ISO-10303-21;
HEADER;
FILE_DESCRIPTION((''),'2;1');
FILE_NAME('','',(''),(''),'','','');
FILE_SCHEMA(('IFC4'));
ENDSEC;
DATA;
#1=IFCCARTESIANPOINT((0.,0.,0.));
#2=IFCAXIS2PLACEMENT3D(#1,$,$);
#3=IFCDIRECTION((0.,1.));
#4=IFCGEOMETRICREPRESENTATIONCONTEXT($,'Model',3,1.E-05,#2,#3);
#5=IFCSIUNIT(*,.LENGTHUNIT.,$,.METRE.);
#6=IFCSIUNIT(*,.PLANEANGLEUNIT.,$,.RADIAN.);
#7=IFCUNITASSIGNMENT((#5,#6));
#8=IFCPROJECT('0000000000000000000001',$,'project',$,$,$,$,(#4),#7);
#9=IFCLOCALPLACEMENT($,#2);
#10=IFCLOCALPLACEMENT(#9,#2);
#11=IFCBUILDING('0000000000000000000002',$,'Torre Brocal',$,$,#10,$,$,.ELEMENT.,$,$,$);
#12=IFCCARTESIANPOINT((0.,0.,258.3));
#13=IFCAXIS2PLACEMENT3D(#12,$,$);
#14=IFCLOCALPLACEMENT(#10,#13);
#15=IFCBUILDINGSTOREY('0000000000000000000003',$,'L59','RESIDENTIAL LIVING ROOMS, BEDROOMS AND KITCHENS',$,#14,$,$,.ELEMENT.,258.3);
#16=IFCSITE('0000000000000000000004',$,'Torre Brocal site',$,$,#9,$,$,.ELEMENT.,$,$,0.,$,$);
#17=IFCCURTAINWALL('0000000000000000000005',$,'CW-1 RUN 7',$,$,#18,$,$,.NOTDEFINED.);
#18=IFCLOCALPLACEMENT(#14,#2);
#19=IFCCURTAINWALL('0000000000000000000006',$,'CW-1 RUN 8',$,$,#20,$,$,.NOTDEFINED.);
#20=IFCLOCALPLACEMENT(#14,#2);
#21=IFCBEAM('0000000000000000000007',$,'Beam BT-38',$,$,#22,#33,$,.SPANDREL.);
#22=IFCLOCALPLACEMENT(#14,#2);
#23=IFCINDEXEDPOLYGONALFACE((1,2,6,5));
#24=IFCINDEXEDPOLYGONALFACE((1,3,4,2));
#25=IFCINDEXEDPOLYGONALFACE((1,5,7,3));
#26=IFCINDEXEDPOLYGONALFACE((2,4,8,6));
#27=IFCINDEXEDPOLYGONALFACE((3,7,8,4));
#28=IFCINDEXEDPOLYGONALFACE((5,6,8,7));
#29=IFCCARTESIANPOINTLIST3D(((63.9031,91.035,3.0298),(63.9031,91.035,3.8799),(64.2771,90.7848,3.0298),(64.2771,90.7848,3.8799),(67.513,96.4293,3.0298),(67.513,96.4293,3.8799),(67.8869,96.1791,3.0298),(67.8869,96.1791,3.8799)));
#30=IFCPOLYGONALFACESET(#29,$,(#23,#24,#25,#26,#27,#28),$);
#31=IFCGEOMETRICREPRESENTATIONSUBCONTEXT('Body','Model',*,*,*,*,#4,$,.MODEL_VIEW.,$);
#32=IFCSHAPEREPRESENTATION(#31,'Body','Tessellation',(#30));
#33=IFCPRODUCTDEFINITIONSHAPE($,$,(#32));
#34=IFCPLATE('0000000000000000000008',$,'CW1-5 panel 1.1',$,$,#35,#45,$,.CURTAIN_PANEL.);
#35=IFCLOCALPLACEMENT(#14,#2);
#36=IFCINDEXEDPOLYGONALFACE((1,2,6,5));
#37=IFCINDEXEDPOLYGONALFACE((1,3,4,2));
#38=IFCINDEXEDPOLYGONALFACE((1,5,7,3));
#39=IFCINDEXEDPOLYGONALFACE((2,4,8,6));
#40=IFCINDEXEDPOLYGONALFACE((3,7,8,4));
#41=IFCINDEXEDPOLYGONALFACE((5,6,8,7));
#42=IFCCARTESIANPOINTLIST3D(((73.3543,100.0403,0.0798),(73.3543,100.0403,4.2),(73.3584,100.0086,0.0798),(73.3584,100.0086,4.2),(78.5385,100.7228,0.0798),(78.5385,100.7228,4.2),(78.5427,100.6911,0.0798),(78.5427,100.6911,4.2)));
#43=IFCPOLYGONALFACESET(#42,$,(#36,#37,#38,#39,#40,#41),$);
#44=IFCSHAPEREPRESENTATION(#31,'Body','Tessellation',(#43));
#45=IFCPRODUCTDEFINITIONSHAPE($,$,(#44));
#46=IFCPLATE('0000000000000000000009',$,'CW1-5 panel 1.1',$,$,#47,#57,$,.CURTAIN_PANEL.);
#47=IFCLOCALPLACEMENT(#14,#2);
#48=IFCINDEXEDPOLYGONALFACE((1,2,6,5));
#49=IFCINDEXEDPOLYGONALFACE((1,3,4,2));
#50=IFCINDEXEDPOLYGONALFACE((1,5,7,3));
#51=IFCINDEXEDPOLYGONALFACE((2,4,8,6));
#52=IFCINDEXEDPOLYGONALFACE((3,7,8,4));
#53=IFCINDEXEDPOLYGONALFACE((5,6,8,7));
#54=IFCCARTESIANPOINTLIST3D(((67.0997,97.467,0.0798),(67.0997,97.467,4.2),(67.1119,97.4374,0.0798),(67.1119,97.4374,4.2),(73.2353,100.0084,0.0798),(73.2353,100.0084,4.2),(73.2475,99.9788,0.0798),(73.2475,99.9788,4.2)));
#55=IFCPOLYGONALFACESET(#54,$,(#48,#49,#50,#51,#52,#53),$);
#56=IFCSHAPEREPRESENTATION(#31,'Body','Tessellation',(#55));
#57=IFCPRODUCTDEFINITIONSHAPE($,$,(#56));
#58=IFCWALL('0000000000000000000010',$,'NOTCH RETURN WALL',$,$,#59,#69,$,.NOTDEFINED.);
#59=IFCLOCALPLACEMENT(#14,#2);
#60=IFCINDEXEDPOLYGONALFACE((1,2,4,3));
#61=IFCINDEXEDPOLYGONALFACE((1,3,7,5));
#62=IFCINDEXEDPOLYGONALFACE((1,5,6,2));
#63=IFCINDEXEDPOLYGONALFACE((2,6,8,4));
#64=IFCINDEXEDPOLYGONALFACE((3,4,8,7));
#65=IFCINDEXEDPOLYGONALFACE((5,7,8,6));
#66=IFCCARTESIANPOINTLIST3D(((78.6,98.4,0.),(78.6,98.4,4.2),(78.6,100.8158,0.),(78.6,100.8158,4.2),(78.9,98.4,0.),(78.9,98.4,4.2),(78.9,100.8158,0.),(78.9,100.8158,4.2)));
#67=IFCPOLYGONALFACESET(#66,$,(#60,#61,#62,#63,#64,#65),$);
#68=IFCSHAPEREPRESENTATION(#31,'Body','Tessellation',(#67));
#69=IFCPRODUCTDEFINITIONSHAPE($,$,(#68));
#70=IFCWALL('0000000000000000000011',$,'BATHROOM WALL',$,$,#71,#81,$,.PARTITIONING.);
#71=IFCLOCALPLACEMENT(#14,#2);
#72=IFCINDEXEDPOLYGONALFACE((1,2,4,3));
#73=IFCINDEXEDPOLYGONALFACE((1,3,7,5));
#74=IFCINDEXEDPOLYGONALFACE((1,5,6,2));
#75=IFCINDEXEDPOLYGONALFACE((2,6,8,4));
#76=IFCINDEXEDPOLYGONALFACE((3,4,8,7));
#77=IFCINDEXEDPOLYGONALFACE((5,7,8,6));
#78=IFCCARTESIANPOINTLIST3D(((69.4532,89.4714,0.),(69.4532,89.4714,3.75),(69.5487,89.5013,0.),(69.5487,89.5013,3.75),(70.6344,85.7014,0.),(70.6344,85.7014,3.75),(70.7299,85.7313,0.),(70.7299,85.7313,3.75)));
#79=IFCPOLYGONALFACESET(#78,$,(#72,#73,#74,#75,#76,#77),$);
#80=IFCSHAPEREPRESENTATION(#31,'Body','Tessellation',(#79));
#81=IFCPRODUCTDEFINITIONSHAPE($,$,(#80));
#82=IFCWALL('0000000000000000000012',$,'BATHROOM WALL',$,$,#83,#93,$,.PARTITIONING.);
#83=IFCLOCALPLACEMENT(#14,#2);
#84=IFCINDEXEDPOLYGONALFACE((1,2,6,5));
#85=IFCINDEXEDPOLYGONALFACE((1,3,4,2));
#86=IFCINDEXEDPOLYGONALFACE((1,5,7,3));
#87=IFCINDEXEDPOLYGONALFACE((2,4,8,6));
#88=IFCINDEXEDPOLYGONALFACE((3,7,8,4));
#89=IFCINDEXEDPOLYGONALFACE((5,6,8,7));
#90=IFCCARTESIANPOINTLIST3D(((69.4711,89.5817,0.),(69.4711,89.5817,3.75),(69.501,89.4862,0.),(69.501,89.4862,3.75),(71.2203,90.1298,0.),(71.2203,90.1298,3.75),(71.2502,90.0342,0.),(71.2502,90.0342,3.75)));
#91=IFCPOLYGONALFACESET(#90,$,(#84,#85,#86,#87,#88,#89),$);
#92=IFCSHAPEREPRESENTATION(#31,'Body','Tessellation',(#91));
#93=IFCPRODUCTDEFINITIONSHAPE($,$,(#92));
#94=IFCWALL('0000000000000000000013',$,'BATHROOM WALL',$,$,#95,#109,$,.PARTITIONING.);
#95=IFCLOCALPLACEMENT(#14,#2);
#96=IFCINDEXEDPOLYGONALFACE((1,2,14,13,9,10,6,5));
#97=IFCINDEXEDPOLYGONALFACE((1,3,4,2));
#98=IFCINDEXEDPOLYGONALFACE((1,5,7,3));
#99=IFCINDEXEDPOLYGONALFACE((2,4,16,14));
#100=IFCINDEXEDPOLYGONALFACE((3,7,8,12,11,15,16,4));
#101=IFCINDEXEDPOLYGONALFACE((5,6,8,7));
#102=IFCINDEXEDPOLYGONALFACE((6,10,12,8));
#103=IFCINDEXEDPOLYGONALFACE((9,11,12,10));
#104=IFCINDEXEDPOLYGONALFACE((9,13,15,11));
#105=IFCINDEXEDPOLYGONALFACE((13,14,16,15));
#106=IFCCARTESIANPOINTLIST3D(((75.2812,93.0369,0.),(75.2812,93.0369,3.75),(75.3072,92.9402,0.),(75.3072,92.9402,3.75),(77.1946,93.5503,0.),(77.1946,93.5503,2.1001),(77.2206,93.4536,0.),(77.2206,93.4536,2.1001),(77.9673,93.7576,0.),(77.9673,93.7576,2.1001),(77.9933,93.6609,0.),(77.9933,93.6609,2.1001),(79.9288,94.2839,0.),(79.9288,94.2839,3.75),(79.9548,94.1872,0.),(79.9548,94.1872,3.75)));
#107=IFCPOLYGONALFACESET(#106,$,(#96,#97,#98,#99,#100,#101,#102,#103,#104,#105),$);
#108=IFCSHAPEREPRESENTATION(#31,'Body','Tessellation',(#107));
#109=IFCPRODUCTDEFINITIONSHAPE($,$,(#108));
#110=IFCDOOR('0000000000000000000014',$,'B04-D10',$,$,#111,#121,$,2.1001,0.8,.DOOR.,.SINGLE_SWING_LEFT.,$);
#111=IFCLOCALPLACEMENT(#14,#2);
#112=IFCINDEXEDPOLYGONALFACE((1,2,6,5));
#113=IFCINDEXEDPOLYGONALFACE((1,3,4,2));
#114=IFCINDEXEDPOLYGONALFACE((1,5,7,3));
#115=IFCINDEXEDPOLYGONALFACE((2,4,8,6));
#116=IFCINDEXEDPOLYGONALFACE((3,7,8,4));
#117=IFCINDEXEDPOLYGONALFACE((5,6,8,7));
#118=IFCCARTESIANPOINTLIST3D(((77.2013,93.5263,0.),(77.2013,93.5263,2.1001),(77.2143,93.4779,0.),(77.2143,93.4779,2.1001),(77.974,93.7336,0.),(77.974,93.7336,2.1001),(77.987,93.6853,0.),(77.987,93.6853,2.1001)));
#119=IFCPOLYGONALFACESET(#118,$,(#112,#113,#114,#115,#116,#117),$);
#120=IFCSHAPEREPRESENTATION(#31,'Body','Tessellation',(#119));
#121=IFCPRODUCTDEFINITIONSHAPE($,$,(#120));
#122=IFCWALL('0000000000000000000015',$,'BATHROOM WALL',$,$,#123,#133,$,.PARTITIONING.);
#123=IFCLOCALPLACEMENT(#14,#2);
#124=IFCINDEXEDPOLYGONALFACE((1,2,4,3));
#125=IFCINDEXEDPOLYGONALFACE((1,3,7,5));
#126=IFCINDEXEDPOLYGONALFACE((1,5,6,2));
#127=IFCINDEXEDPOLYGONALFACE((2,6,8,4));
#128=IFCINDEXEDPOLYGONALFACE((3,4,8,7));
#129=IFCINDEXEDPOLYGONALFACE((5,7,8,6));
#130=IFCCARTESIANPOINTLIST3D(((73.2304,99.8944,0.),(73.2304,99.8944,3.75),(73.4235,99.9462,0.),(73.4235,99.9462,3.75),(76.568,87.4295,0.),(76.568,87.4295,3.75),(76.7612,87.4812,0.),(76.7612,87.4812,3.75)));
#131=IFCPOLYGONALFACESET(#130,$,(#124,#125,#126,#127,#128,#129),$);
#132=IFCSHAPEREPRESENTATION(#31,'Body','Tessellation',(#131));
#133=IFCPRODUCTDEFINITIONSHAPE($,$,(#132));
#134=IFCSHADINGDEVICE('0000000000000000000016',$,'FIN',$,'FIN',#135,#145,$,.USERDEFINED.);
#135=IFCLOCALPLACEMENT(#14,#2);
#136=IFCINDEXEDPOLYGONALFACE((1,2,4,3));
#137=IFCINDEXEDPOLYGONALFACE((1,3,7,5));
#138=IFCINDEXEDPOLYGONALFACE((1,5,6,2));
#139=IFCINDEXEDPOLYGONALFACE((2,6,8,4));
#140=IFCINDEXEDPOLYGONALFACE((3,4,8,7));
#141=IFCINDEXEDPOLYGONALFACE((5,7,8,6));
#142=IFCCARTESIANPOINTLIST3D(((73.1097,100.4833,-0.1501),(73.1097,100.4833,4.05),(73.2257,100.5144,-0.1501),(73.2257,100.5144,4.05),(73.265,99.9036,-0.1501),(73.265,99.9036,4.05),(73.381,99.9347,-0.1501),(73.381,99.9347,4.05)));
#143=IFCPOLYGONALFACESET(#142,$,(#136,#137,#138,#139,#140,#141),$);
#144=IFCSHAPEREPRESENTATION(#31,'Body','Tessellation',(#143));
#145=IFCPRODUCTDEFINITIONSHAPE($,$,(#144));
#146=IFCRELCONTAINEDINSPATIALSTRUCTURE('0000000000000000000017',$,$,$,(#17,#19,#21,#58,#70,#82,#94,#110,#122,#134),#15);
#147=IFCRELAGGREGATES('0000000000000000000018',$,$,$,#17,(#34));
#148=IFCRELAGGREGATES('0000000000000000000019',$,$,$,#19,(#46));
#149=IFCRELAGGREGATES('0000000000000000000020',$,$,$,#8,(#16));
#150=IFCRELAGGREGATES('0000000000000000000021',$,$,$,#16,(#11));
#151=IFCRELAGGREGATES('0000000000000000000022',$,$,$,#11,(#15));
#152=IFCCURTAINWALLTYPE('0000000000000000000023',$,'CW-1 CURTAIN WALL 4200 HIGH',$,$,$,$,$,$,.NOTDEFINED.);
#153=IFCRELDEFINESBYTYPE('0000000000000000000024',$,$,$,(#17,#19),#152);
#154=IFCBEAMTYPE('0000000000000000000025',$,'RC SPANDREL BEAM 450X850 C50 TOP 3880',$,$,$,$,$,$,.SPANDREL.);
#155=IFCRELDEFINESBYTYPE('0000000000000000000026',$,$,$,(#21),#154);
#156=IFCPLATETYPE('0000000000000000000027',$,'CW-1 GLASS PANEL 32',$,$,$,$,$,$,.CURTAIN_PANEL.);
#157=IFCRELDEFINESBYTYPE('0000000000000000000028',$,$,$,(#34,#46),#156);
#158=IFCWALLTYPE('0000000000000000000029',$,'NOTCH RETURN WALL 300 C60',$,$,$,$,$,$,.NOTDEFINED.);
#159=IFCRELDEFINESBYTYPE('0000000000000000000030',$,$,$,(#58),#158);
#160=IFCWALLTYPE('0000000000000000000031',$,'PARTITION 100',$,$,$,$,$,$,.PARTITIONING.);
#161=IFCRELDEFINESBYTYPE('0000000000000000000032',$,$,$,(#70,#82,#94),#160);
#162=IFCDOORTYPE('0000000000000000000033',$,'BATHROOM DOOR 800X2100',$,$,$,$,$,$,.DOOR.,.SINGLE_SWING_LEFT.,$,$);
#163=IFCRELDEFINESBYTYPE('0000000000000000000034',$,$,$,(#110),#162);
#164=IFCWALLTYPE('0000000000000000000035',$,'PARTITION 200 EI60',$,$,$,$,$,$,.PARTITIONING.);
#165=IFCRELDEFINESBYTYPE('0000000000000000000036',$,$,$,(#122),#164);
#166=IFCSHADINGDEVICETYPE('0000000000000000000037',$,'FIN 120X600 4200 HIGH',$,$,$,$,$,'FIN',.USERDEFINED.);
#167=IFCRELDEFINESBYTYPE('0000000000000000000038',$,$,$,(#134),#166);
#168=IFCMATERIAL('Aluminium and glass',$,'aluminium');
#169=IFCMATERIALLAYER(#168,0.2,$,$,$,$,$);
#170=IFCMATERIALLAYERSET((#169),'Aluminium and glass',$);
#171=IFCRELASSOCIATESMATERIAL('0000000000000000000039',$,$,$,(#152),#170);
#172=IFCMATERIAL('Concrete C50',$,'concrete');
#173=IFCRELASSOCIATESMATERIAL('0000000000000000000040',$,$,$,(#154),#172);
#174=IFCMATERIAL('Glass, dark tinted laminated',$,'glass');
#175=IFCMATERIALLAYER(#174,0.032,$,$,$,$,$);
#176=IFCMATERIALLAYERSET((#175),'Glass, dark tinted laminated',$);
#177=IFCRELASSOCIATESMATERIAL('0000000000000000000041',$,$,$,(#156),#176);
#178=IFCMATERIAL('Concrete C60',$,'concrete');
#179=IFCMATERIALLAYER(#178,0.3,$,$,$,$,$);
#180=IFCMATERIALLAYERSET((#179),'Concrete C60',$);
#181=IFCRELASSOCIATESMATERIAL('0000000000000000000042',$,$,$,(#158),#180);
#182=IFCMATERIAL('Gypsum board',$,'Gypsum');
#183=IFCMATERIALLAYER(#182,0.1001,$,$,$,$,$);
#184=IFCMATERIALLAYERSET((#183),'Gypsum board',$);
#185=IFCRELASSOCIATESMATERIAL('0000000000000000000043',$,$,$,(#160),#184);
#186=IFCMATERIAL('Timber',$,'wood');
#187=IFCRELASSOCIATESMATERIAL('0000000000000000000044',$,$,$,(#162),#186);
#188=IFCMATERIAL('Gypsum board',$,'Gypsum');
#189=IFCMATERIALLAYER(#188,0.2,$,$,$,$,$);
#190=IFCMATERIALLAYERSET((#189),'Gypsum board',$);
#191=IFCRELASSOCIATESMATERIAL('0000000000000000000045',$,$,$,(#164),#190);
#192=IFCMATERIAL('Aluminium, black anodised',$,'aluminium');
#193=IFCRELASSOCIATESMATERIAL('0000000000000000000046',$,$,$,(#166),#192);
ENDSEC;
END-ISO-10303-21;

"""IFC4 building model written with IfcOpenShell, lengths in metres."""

from ifc_helpers import new_model, si_unit, direction, frame, frame_2d, origin, origin_2d, place, context, subcontext, project, spatial, rectangle, extrude, material, layer, layer_set, material_profile, profile_set, type_object, element, fill, aggregate, save


model = new_model("IFC4")

# Units and contexts
model_context = context("Model", 3, precision=1e-05, world=origin(), true_north=direction((0.0, 1.0)))
body_context = subcontext(model_context, "Body", "Model", "MODEL_VIEW")
ifc_project = project(units=[si_unit("LENGTHUNIT", "METRE"), si_unit("PLANEANGLEUNIT", "RADIAN")], contexts=[model_context])

# Site, building, storey
site_placement = place(None, origin())
site = spatial("IfcSite", under=ifc_project, at=site_placement, Name="Torre Brocal site", CompositionType="ELEMENT", RefElevation=0.0)
building_placement = place(site_placement, origin())
building = spatial("IfcBuilding", under=site, at=building_placement, Name="Torre Brocal", CompositionType="ELEMENT")
storey_placement = place(building_placement, frame((0.0, 0.0, 258.3)))
storey = spatial("IfcBuildingStorey", under=building, at=storey_placement, Name="L59", Description="RESIDENTIAL LIVING ROOMS, BEDROOMS AND KITCHENS", CompositionType="ELEMENT", Elevation=258.3)

# Curtain wall
ifc_material_1 = material(Name="Aluminium and glass", Category="aluminium")
ifc_layer_1 = layer(ifc_material_1, 0.2)
ifc_layer_set_1 = layer_set([ifc_layer_1], Name="Aluminium and glass")
curtain_wall_type = type_object("IfcCurtainWallType", Name="CW-1 CURTAIN WALL 4200 HIGH", PredefinedType="NOTDEFINED", material=ifc_layer_set_1)
curtain_wall_1_placement = place(storey_placement, origin())
curtain_wall_1 = element("IfcCurtainWall", 1, at=curtain_wall_1_placement, inside=storey, type_object=curtain_wall_type, Name="CW-1 RUN 7", PredefinedType="NOTDEFINED")

# Curtain wall
curtain_wall_2_placement = place(storey_placement, origin())
curtain_wall_2 = element("IfcCurtainWall", 2, at=curtain_wall_2_placement, inside=storey, type_object=curtain_wall_type, Name="CW-1 RUN 8", PredefinedType="NOTDEFINED")

# Beam
ifc_material_2 = material(Name="Concrete C50", Category="concrete")
ifc_material_profile_1 = material_profile(ifc_material_2, rectangle(XDim=0.45, YDim=0.8501, at=origin_2d()), Name="RC 450X850")
ifc_profile_set_1 = profile_set([ifc_material_profile_1], Name="Concrete C50")
beam_type_1 = type_object("IfcBeamType", Name="RC SPANDREL BEAM 450X850 C50 TOP 3880", PredefinedType="SPANDREL", material=ifc_profile_set_1)
beam_1_placement = place(storey_placement, frame((67.7, 96.3042, 3.4548), z_axis=(-0.556158, -0.831077, 0.0), x_axis=(0.831077, -0.556158, 0.0)))
element("IfcBeam", 3, at=beam_1_placement, inside=storey, type_object=beam_type_1, Name="Beam BT-38", PredefinedType="SPANDREL", context=body_context, shape_type="SweptSolid", body=[
    extrude(rectangle(XDim=0.45, YDim=0.8501, at=origin_2d()), origin(), (0.0, 0.0, 1.0), 6.4907),
])

# Plates
ifc_material_3 = material(Name="Glass, dark tinted laminated", Category="glass")
ifc_layer_2 = layer(ifc_material_3, 0.032)
ifc_layer_set_2 = layer_set([ifc_layer_2], Name="Glass, dark tinted laminated")
plate_type = type_object("IfcPlateType", Name="CW-1 GLASS PANEL 32", PredefinedType="CURTAIN_PANEL", material=ifc_layer_set_2)
plate_1_placement = place(storey_placement, frame((75.9485, 100.3657, 0.0798), z_axis=(0.0, 0.0, 1.0), x_axis=(-0.991445, -0.130526, 0.0)))
plate_1 = element("IfcPlate", 4, at=plate_1_placement, type_object=plate_type, Name="CW1-5 panel 1.1", PredefinedType="CURTAIN_PANEL", context=body_context, shape_type="SweptSolid", body=[
    extrude(rectangle(XDim=5.229, YDim=0.032, at=origin_2d()), origin(), (0.0, 0.0, 1.0), 4.1201),
])
aggregate(curtain_wall_1, [plate_1])
plate_2_placement = place(storey_placement, frame((70.1736, 98.7229, 0.0798), z_axis=(0.0, 0.0, 1.0), x_axis=(-0.92388, -0.382683, 0.0)))
plate_2 = element("IfcPlate", 5, at=plate_2_placement, type_object=plate_type, Name="CW1-5 panel 1.1", PredefinedType="CURTAIN_PANEL", context=body_context, shape_type="SweptSolid", body=[
    extrude(rectangle(XDim=6.6411, YDim=0.032, at=origin_2d()), origin(), (0.0, 0.0, 1.0), 4.1201),
])
aggregate(curtain_wall_2, [plate_2])

# Walls
ifc_material_4 = material(Name="Concrete C60", Category="concrete")
ifc_layer_3 = layer(ifc_material_4, 0.3)
ifc_layer_set_3 = layer_set([ifc_layer_3], Name="Concrete C60")
wall_type_1 = type_object("IfcWallType", Name="NOTCH RETURN WALL 300 C60", PredefinedType="NOTDEFINED", material=ifc_layer_set_3)
wall_1_placement = place(storey_placement, frame((78.75, 98.3999, 0.0), z_axis=(0.0, 0.0, 1.0), x_axis=(0.0, 1.0, 0.0)))
element("IfcWall", 6, at=wall_1_placement, inside=storey, type_object=wall_type_1, Name="NOTCH RETURN WALL", PredefinedType="NOTDEFINED", context=body_context, shape_type="SweptSolid", body=[
    extrude(rectangle(XDim=2.4158, YDim=0.3, at=frame_2d((1.208, 0.0))), origin(), (0.0, 0.0, 1.0), 4.2),
])
ifc_material_5 = material(Name="Gypsum board", Category="Gypsum")
ifc_layer_4 = layer(ifc_material_5, 0.1001)
ifc_layer_set_4 = layer_set([ifc_layer_4], Name="Gypsum board")
wall_type_2 = type_object("IfcWallType", Name="PARTITION 100", PredefinedType="PARTITIONING", material=ifc_layer_set_4)
wall_2_placement = place(storey_placement, frame((69.501, 89.4863, 0.0), z_axis=(0.0, 0.0, 1.0), x_axis=(0.298972, -0.954262, 0.0)))
element("IfcWall", 7, at=wall_2_placement, inside=storey, type_object=wall_type_2, Name="BATHROOM WALL", PredefinedType="PARTITIONING", context=body_context, shape_type="SweptSolid", body=[
    extrude(rectangle(XDim=3.9507, YDim=0.1001, at=frame_2d((1.9753, 0.0))), origin(), (0.0, 0.0, 1.0), 3.75),
])
wall_3_placement = place(storey_placement, frame((69.4861, 89.5339, 0.0), z_axis=(0.0, 0.0, 1.0), x_axis=(0.954255, 0.298995, 0.0)))
element("IfcWall", 8, at=wall_3_placement, inside=storey, type_object=wall_type_2, Name="BATHROOM WALL", PredefinedType="PARTITIONING", context=body_context, shape_type="SweptSolid", body=[
    extrude(rectangle(XDim=1.833, YDim=0.1001, at=frame_2d((0.9165, 0.0))), origin(), (0.0, 0.0, 1.0), 3.75),
])

# Wall, opening, door
wall_4_placement = place(storey_placement, frame((75.2942, 92.9885, 0.0), z_axis=(0.0, 0.0, 1.0), x_axis=(0.965836, 0.259153, 0.0)))
wall_4 = element("IfcWall", 9, at=wall_4_placement, inside=storey, type_object=wall_type_2, Name="BATHROOM WALL", PredefinedType="PARTITIONING", context=body_context, shape_type="SweptSolid", body=[
    extrude(rectangle(XDim=4.812, YDim=0.1001, at=frame_2d((2.406, 0.0))), origin(), (0.0, 0.0, 1.0), 3.75),
])
opening_placement = place(wall_4_placement, frame((1.9812, 0.0, 0.0)))
opening = element("IfcOpeningElement", 10, at=opening_placement, cuts=wall_4, PredefinedType="OPENING", context=body_context, shape_type="SweptSolid", body=[
    extrude(rectangle(XDim=0.8, YDim=2.1001, at=frame_2d((0.3999, 1.05))), frame((0.0, 0.0601, 0.0), z_axis=(0.0, -1.0, 0.0), x_axis=(1.0, 0.0, 0.0)), (0.0, 0.0, 1.0), 0.1201),
])
ifc_material_6 = material(Name="Timber", Category="wood")
door_type = type_object("IfcDoorType", Name="BATHROOM DOOR 800X2100", OperationType="SINGLE_SWING_LEFT", PredefinedType="DOOR", material=ifc_material_6)
door_placement = place(opening_placement, frame((0.8, 0.0, 0.0), z_axis=(0.0, 0.0, 1.0), x_axis=(-1.0, 0.0, 0.0)))
door = element("IfcDoor", 11, at=door_placement, inside=storey, type_object=door_type, Name="B04-D10", OperationType="SINGLE_SWING_LEFT", OverallHeight=2.1001, OverallWidth=0.8, PredefinedType="DOOR", context=body_context, shape_type="SweptSolid", body=[
    extrude(rectangle(XDim=0.8, YDim=2.1001, at=frame_2d((0.3999, 1.05))), frame((0.0, 0.0249, 0.0), z_axis=(0.0, -1.0, 0.0), x_axis=(1.0, 0.0, 0.0)), (0.0, 0.0, 1.0), 0.05),
])
fill(opening, door)

# Wall
ifc_material_7 = material(Name="Gypsum board", Category="Gypsum")
ifc_layer_5 = layer(ifc_material_7, 0.2)
ifc_layer_set_5 = layer_set([ifc_layer_5], Name="Gypsum board")
wall_type_3 = type_object("IfcWallType", Name="PARTITION 200 EI60", PredefinedType="PARTITIONING", material=ifc_layer_set_5)
wall_5_placement = place(storey_placement, frame((73.3269, 99.9204, 0.0), z_axis=(0.0, 0.0, 1.0), x_axis=(0.258653, -0.96597, 0.0)))
element("IfcWall", 12, at=wall_5_placement, inside=storey, type_object=wall_type_3, Name="BATHROOM WALL", PredefinedType="PARTITIONING", context=body_context, shape_type="SweptSolid", body=[
    extrude(rectangle(XDim=12.9041, YDim=0.2, at=frame_2d((6.4521, 0.0))), origin(), (0.0, 0.0, 1.0), 3.75),
])

# Shading device
ifc_material_8 = material(Name="Aluminium, black anodised", Category="aluminium")
ifc_material_profile_2 = material_profile(ifc_material_8, rectangle(XDim=0.1201, YDim=0.6001, at=origin_2d()), Name="FIN 120X600 4200 HIGH")
ifc_profile_set_2 = profile_set([ifc_material_profile_2], Name="Aluminium, black anodised")
shading_device_type = type_object("IfcShadingDeviceType", Name="FIN 120X600 4200 HIGH", ElementType="FIN", PredefinedType="USERDEFINED", material=ifc_profile_set_2)
shading_device_placement = place(storey_placement, frame((73.2454, 100.209, -0.1501), z_axis=(0.0, 0.0, 1.0), x_axis=(-0.965926, -0.258819, 0.0)))
element("IfcShadingDevice", 13, at=shading_device_placement, inside=storey, type_object=shading_device_type, Name="FIN", ObjectType="FIN", PredefinedType="USERDEFINED", context=body_context, shape_type="SweptSolid", body=[
    extrude(rectangle(XDim=0.1201, YDim=0.6001, at=origin_2d()), origin(), (0.0, 0.0, 1.0), 4.2002),
])

save(model, "model.ifc")
